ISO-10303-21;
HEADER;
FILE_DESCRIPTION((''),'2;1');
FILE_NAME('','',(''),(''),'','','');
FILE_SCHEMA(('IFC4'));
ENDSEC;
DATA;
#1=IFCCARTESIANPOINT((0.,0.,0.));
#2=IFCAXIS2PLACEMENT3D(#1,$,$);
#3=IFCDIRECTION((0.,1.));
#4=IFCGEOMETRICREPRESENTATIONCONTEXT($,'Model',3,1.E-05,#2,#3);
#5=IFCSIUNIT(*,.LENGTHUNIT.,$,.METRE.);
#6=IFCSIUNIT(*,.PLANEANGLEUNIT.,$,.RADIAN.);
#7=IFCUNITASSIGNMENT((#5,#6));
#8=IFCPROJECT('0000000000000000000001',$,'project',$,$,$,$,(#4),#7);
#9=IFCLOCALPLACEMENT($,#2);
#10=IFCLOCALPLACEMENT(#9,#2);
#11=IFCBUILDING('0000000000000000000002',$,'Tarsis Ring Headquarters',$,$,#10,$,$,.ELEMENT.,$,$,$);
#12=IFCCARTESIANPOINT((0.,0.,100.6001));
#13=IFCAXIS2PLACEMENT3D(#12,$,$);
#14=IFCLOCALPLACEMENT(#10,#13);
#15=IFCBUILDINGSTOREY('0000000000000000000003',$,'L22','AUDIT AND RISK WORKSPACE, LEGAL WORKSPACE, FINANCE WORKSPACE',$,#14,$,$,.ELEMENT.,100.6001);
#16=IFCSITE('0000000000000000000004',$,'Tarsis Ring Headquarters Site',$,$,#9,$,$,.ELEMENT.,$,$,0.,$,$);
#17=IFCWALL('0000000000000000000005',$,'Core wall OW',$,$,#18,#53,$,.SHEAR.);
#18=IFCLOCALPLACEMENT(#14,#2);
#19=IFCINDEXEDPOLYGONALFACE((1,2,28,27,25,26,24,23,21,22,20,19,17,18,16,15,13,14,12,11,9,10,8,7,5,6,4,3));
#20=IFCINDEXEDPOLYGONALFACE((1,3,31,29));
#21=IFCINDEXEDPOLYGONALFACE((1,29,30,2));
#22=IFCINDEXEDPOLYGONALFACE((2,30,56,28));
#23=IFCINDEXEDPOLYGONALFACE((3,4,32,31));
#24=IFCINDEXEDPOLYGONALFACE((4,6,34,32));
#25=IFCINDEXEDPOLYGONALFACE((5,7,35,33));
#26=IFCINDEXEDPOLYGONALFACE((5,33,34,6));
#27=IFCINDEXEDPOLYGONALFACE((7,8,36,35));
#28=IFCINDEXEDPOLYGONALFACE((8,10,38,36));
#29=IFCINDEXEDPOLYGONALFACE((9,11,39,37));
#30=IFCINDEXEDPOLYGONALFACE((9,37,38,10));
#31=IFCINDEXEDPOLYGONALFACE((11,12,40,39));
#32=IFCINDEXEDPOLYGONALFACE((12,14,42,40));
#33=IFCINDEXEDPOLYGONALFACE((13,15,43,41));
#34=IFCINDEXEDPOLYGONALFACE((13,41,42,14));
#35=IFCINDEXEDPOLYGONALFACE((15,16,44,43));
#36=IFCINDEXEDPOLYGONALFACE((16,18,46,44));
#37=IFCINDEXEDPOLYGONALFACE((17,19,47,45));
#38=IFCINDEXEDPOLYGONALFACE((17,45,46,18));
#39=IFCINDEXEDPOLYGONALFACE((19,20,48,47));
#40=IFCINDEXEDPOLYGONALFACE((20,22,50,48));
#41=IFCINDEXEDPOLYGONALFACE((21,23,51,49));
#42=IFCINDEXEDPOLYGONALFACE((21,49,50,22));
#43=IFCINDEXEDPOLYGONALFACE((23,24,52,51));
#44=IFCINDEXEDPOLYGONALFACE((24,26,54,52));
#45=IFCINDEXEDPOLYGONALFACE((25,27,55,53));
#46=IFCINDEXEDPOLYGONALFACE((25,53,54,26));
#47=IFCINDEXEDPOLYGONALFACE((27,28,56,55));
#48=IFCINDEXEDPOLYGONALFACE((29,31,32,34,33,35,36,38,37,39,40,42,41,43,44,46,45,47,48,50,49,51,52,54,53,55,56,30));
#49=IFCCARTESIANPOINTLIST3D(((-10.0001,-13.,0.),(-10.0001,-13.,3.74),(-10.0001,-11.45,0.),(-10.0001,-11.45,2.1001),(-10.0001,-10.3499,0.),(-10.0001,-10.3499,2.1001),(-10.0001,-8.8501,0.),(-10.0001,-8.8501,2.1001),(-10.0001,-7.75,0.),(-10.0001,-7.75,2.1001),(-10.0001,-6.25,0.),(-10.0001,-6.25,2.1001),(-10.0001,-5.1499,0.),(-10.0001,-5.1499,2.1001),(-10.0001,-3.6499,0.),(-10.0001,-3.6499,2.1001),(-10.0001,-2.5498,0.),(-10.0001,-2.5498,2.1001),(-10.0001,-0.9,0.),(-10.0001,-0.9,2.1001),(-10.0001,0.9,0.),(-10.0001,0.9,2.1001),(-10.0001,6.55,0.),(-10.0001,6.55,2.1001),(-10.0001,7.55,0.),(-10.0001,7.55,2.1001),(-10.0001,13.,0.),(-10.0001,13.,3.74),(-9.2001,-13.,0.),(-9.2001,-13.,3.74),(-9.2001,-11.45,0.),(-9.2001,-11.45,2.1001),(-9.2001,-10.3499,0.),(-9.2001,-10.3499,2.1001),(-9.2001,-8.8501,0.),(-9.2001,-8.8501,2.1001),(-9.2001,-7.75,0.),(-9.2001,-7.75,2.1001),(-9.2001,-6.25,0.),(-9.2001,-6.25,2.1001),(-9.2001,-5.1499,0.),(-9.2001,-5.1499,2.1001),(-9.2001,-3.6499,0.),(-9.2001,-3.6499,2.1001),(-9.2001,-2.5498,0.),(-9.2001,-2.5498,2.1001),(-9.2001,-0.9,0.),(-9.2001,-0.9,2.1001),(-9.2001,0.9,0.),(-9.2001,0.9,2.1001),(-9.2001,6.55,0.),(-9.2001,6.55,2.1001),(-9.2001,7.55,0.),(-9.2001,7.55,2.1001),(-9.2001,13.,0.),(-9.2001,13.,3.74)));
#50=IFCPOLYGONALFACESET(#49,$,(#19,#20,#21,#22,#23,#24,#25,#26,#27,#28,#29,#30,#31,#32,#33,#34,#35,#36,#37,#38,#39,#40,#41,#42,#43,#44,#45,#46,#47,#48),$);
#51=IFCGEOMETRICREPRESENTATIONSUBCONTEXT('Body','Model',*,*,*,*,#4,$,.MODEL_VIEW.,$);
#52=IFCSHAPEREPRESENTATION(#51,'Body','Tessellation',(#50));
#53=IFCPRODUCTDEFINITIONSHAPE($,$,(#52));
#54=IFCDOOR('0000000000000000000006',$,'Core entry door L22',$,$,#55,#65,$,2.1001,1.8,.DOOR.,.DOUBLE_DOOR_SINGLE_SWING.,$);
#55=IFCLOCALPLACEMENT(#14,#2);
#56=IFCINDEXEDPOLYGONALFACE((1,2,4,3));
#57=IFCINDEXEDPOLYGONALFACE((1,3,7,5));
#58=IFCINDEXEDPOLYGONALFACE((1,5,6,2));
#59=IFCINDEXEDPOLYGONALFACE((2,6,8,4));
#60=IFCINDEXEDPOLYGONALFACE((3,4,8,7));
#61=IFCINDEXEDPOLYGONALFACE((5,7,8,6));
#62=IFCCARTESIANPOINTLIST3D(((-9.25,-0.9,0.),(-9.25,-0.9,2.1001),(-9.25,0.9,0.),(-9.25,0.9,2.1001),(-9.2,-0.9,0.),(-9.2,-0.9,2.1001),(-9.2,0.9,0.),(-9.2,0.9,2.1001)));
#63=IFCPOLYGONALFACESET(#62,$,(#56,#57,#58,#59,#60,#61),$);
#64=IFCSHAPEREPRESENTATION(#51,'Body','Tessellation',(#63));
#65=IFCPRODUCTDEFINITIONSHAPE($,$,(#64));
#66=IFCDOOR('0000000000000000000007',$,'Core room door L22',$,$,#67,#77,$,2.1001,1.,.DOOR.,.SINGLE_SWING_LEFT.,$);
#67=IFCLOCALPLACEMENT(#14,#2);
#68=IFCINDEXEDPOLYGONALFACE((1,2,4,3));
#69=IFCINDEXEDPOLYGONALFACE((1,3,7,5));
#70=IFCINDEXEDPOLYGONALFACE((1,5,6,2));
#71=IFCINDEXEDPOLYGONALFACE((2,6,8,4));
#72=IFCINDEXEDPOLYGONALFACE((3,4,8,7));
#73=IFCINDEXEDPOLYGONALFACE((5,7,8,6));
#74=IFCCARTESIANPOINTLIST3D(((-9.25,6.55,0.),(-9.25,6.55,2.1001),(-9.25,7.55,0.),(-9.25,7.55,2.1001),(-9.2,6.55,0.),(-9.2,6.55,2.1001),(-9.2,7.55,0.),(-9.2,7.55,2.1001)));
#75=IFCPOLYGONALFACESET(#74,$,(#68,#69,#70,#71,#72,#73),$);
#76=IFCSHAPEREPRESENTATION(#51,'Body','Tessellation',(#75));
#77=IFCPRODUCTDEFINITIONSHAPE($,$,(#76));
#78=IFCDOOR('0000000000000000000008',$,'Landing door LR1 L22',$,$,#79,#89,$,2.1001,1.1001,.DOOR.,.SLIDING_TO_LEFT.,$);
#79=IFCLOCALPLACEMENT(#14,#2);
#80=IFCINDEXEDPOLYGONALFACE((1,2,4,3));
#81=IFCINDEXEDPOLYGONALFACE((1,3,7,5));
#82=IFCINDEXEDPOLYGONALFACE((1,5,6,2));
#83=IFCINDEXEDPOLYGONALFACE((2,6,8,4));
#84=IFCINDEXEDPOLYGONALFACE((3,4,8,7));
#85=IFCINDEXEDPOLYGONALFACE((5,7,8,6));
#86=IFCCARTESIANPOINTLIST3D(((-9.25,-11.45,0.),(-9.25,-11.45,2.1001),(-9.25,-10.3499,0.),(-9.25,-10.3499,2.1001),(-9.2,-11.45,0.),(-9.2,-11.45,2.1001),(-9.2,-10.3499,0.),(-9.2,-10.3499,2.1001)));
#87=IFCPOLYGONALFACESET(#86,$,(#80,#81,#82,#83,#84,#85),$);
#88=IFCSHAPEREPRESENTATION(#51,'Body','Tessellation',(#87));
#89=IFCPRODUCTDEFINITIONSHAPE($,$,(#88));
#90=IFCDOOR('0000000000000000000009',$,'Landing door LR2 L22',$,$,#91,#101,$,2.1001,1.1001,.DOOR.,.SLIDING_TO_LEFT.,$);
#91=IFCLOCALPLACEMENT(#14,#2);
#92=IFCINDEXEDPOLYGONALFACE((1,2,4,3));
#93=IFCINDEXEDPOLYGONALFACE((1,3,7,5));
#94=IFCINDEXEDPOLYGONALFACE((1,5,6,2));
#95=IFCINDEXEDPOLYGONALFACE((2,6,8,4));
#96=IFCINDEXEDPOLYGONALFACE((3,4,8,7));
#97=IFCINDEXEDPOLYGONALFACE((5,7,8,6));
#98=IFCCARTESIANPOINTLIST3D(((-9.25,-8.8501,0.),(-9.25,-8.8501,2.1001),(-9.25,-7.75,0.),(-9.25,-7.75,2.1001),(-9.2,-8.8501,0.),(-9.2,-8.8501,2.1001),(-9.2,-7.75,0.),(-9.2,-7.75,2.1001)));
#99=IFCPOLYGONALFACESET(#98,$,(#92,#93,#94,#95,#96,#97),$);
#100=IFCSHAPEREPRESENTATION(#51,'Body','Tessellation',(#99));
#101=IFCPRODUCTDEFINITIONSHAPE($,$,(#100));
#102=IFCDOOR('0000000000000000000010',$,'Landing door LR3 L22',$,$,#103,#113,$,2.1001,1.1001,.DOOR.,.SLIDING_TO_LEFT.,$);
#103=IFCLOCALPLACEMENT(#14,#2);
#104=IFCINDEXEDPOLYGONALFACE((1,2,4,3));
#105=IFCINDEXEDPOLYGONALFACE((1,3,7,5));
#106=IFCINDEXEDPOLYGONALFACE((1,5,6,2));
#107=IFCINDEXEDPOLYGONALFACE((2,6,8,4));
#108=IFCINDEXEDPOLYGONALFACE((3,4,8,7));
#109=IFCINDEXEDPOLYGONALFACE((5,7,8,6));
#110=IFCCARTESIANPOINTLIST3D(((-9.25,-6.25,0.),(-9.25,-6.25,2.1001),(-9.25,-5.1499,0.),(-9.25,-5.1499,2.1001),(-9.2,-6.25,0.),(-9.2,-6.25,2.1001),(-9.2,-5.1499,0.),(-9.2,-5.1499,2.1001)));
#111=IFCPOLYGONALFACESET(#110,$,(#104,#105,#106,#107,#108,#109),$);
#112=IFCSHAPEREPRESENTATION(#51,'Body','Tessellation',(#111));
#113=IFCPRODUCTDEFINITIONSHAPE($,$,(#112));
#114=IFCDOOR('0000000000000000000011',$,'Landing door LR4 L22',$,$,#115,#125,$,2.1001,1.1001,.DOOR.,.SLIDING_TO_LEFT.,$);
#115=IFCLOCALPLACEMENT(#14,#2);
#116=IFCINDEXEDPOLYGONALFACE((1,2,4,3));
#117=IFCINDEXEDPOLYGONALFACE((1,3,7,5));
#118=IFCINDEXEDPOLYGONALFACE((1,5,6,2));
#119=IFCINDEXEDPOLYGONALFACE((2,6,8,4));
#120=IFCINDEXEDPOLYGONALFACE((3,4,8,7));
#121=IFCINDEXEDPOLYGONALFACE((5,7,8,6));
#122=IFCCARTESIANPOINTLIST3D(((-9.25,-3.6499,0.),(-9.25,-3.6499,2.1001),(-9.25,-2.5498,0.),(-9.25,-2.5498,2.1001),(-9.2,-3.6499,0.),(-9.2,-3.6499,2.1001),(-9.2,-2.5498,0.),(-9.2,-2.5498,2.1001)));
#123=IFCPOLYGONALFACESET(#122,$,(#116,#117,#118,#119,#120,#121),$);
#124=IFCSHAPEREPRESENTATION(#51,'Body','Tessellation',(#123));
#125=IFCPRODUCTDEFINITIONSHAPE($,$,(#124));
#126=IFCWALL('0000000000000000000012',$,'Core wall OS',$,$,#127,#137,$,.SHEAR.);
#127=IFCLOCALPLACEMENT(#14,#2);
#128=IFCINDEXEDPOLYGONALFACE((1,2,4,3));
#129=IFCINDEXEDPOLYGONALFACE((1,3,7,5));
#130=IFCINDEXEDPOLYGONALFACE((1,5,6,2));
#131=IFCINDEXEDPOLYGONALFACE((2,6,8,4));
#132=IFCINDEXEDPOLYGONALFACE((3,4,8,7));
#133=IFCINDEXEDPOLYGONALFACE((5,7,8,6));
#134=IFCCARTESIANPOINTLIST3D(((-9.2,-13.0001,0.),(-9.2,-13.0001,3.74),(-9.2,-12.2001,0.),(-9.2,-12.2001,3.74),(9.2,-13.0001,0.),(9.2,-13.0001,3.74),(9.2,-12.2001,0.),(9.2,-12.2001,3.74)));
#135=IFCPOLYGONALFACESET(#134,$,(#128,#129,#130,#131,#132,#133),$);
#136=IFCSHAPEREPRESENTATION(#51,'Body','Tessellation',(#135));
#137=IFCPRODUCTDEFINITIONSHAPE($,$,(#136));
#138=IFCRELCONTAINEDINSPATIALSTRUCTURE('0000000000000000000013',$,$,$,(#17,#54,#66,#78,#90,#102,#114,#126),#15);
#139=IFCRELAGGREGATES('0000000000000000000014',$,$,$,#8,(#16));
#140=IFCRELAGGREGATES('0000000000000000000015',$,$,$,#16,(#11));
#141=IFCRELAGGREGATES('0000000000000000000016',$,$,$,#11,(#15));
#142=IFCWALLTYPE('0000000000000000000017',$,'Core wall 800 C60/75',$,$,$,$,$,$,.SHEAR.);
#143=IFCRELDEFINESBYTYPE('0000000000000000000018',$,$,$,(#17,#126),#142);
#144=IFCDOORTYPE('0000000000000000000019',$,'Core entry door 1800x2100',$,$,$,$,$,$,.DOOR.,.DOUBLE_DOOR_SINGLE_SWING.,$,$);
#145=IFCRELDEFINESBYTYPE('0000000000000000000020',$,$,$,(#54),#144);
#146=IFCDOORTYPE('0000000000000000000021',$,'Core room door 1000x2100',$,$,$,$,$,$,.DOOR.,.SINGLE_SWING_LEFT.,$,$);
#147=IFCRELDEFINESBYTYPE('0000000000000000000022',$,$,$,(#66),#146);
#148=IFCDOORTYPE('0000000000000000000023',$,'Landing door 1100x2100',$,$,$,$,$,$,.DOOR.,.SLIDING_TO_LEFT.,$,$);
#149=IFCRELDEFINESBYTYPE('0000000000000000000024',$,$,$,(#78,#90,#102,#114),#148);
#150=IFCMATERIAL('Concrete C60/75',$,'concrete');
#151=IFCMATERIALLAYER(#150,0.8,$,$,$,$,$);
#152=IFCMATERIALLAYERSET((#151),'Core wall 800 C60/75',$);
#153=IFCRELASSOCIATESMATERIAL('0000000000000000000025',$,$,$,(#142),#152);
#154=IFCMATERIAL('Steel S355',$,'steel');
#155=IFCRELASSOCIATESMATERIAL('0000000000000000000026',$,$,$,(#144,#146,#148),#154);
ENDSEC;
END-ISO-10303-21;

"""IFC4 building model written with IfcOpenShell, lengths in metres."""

from ifc_helpers import new_model, si_unit, direction, frame, frame_2d, origin, place, context, subcontext, project, spatial, rectangle, extrude, material, layer, layer_set, type_object, element, fill, save


model = new_model("IFC4")

# Units and contexts
model_context = context("Model", 3, precision=1e-05, world=origin(), true_north=direction((0.0, 1.0)))
body_context = subcontext(model_context, "Body", "Model", "MODEL_VIEW")
ifc_project = project(units=[si_unit("LENGTHUNIT", "METRE"), si_unit("PLANEANGLEUNIT", "RADIAN")], contexts=[model_context])

# Site, building, storey
site_placement = place(None, origin())
site = spatial("IfcSite", under=ifc_project, at=site_placement, Name="Tarsis Ring Headquarters Site", CompositionType="ELEMENT", RefElevation=0.0)
building_placement = place(site_placement, origin())
building = spatial("IfcBuilding", under=site, at=building_placement, Name="Tarsis Ring Headquarters", CompositionType="ELEMENT")
storey_placement = place(building_placement, frame((0.0, 0.0, 100.6001)))
storey = spatial("IfcBuildingStorey", under=building, at=storey_placement, Name="L22", Description="AUDIT AND RISK WORKSPACE, LEGAL WORKSPACE, FINANCE WORKSPACE", CompositionType="ELEMENT", Elevation=100.6001)

# Wall, openings, doors
ifc_material_1 = material(Name="Concrete C60/75", Category="concrete")
ifc_layer_1 = layer(ifc_material_1, 0.8)
ifc_layer_set_1 = layer_set([ifc_layer_1], Name="Core wall 800 C60/75")
wall_type_1 = type_object("IfcWallType", Name="Core wall 800 C60/75", PredefinedType="SHEAR", material=ifc_layer_set_1)
wall_1_placement = place(storey_placement, frame((-9.6001, -13.0, 0.0), z_axis=(0.0, 0.0, 1.0), x_axis=(0.0, 1.0, 0.0)))
wall_1 = element("IfcWall", 1, at=wall_1_placement, inside=storey, type_object=wall_type_1, Name="Core wall OW", PredefinedType="SHEAR", context=body_context, shape_type="SweptSolid", body=[
    extrude(rectangle(XDim=26.0, YDim=0.8, at=frame_2d((13.0, 0.0))), origin(), (0.0, 0.0, 1.0), 3.74),
])
opening_1_placement = place(wall_1_placement, frame((1.55, 0.0, 0.0)))
opening_1 = element("IfcOpeningElement", 2, at=opening_1_placement, cuts=wall_1, PredefinedType="OPENING", context=body_context, shape_type="SweptSolid", body=[
    extrude(rectangle(XDim=1.1001, YDim=2.1001, at=frame_2d((0.55, 1.05))), frame((0.0, 0.4099, 0.0), z_axis=(0.0, -1.0, 0.0), x_axis=(1.0, 0.0, 0.0)), (0.0, 0.0, 1.0), 0.8201),
])
opening_2_placement = place(wall_1_placement, frame((4.1499, 0.0, 0.0)))
opening_2 = element("IfcOpeningElement", 3, at=opening_2_placement, cuts=wall_1, PredefinedType="OPENING", context=body_context, shape_type="SweptSolid", body=[
    extrude(rectangle(XDim=1.1001, YDim=2.1001, at=frame_2d((0.55, 1.05))), frame((0.0, 0.4099, 0.0), z_axis=(0.0, -1.0, 0.0), x_axis=(1.0, 0.0, 0.0)), (0.0, 0.0, 1.0), 0.8201),
])
opening_3_placement = place(wall_1_placement, frame((6.75, 0.0, 0.0)))
opening_3 = element("IfcOpeningElement", 4, at=opening_3_placement, cuts=wall_1, PredefinedType="OPENING", context=body_context, shape_type="SweptSolid", body=[
    extrude(rectangle(XDim=1.1001, YDim=2.1001, at=frame_2d((0.55, 1.05))), frame((0.0, 0.4099, 0.0), z_axis=(0.0, -1.0, 0.0), x_axis=(1.0, 0.0, 0.0)), (0.0, 0.0, 1.0), 0.8201),
])
opening_4_placement = place(wall_1_placement, frame((9.3501, 0.0, 0.0)))
opening_4 = element("IfcOpeningElement", 5, at=opening_4_placement, cuts=wall_1, PredefinedType="OPENING", context=body_context, shape_type="SweptSolid", body=[
    extrude(rectangle(XDim=1.1001, YDim=2.1001, at=frame_2d((0.55, 1.05))), frame((0.0, 0.4099, 0.0), z_axis=(0.0, -1.0, 0.0), x_axis=(1.0, 0.0, 0.0)), (0.0, 0.0, 1.0), 0.8201),
])
opening_5_placement = place(wall_1_placement, frame((12.1001, 0.0, 0.0)))
opening_5 = element("IfcOpeningElement", 6, at=opening_5_placement, cuts=wall_1, PredefinedType="OPENING", context=body_context, shape_type="SweptSolid", body=[
    extrude(rectangle(XDim=1.8, YDim=2.1001, at=frame_2d((0.8999, 1.05))), frame((0.0, 0.4099, 0.0), z_axis=(0.0, -1.0, 0.0), x_axis=(1.0, 0.0, 0.0)), (0.0, 0.0, 1.0), 0.8201),
])
opening_6_placement = place(wall_1_placement, frame((19.55, 0.0, 0.0)))
opening_6 = element("IfcOpeningElement", 7, at=opening_6_placement, cuts=wall_1, PredefinedType="OPENING", context=body_context, shape_type="SweptSolid", body=[
    extrude(rectangle(XDim=1.0, YDim=2.1001, at=frame_2d((0.5, 1.05))), frame((0.0, 0.4099, 0.0), z_axis=(0.0, -1.0, 0.0), x_axis=(1.0, 0.0, 0.0)), (0.0, 0.0, 1.0), 0.8201),
])
ifc_material_2 = material(Name="Steel S355", Category="steel")
door_type_1 = type_object("IfcDoorType", Name="Core entry door 1800x2100", OperationType="DOUBLE_DOOR_SINGLE_SWING", PredefinedType="DOOR", material=ifc_material_2)
door_1_placement = place(opening_5_placement, origin())
door_1 = element("IfcDoor", 8, at=door_1_placement, inside=storey, type_object=door_type_1, Name="Core entry door L22", OperationType="DOUBLE_DOOR_SINGLE_SWING", OverallHeight=2.1001, OverallWidth=1.8, PredefinedType="DOOR", context=body_context, shape_type="SweptSolid", body=[
    extrude(rectangle(XDim=1.8, YDim=2.1001, at=frame_2d((0.8999, 1.05))), frame((0.0, -0.3501, 0.0), z_axis=(0.0, -1.0, 0.0), x_axis=(1.0, 0.0, 0.0)), (0.0, 0.0, 1.0), 0.05),
])
fill(opening_5, door_1)
door_type_2 = type_object("IfcDoorType", Name="Core room door 1000x2100", OperationType="SINGLE_SWING_LEFT", PredefinedType="DOOR", material=ifc_material_2)
door_2_placement = place(opening_6_placement, origin())
door_2 = element("IfcDoor", 9, at=door_2_placement, inside=storey, type_object=door_type_2, Name="Core room door L22", OperationType="SINGLE_SWING_LEFT", OverallHeight=2.1001, OverallWidth=1.0, PredefinedType="DOOR", context=body_context, shape_type="SweptSolid", body=[
    extrude(rectangle(XDim=1.0, YDim=2.1001, at=frame_2d((0.5, 1.05))), frame((0.0, -0.3501, 0.0), z_axis=(0.0, -1.0, 0.0), x_axis=(1.0, 0.0, 0.0)), (0.0, 0.0, 1.0), 0.05),
])
fill(opening_6, door_2)
door_type_3 = type_object("IfcDoorType", Name="Landing door 1100x2100", OperationType="SLIDING_TO_LEFT", PredefinedType="DOOR", material=ifc_material_2)
door_3_placement = place(opening_1_placement, origin())
door_3 = element("IfcDoor", 10, at=door_3_placement, inside=storey, type_object=door_type_3, Name="Landing door LR1 L22", OperationType="SLIDING_TO_LEFT", OverallHeight=2.1001, OverallWidth=1.1001, PredefinedType="DOOR", context=body_context, shape_type="SweptSolid", body=[
    extrude(rectangle(XDim=1.1001, YDim=2.1001, at=frame_2d((0.55, 1.05))), frame((0.0, -0.3501, 0.0), z_axis=(0.0, -1.0, 0.0), x_axis=(1.0, 0.0, 0.0)), (0.0, 0.0, 1.0), 0.05),
])
fill(opening_1, door_3)
door_4_placement = place(opening_2_placement, origin())
door_4 = element("IfcDoor", 11, at=door_4_placement, inside=storey, type_object=door_type_3, Name="Landing door LR2 L22", OperationType="SLIDING_TO_LEFT", OverallHeight=2.1001, OverallWidth=1.1001, PredefinedType="DOOR", context=body_context, shape_type="SweptSolid", body=[
    extrude(rectangle(XDim=1.1001, YDim=2.1001, at=frame_2d((0.55, 1.05))), frame((0.0, -0.3501, 0.0), z_axis=(0.0, -1.0, 0.0), x_axis=(1.0, 0.0, 0.0)), (0.0, 0.0, 1.0), 0.05),
])
fill(opening_2, door_4)
door_5_placement = place(opening_3_placement, origin())
door_5 = element("IfcDoor", 12, at=door_5_placement, inside=storey, type_object=door_type_3, Name="Landing door LR3 L22", OperationType="SLIDING_TO_LEFT", OverallHeight=2.1001, OverallWidth=1.1001, PredefinedType="DOOR", context=body_context, shape_type="SweptSolid", body=[
    extrude(rectangle(XDim=1.1001, YDim=2.1001, at=frame_2d((0.55, 1.05))), frame((0.0, -0.3501, 0.0), z_axis=(0.0, -1.0, 0.0), x_axis=(1.0, 0.0, 0.0)), (0.0, 0.0, 1.0), 0.05),
])
fill(opening_3, door_5)
door_6_placement = place(opening_4_placement, origin())
door_6 = element("IfcDoor", 13, at=door_6_placement, inside=storey, type_object=door_type_3, Name="Landing door LR4 L22", OperationType="SLIDING_TO_LEFT", OverallHeight=2.1001, OverallWidth=1.1001, PredefinedType="DOOR", context=body_context, shape_type="SweptSolid", body=[
    extrude(rectangle(XDim=1.1001, YDim=2.1001, at=frame_2d((0.55, 1.05))), frame((0.0, -0.3501, 0.0), z_axis=(0.0, -1.0, 0.0), x_axis=(1.0, 0.0, 0.0)), (0.0, 0.0, 1.0), 0.05),
])
fill(opening_4, door_6)

# Wall
wall_2_placement = place(storey_placement, frame((-9.2, -12.6001, 0.0), z_axis=(0.0, 0.0, 1.0), x_axis=(1.0, 0.0, 0.0)))
element("IfcWall", 14, at=wall_2_placement, inside=storey, type_object=wall_type_1, Name="Core wall OS", PredefinedType="SHEAR", context=body_context, shape_type="SweptSolid", body=[
    extrude(rectangle(XDim=18.3999, YDim=0.8, at=frame_2d((9.2, 0.0))), origin(), (0.0, 0.0, 1.0), 3.74),
])

save(model, "model.ifc")
